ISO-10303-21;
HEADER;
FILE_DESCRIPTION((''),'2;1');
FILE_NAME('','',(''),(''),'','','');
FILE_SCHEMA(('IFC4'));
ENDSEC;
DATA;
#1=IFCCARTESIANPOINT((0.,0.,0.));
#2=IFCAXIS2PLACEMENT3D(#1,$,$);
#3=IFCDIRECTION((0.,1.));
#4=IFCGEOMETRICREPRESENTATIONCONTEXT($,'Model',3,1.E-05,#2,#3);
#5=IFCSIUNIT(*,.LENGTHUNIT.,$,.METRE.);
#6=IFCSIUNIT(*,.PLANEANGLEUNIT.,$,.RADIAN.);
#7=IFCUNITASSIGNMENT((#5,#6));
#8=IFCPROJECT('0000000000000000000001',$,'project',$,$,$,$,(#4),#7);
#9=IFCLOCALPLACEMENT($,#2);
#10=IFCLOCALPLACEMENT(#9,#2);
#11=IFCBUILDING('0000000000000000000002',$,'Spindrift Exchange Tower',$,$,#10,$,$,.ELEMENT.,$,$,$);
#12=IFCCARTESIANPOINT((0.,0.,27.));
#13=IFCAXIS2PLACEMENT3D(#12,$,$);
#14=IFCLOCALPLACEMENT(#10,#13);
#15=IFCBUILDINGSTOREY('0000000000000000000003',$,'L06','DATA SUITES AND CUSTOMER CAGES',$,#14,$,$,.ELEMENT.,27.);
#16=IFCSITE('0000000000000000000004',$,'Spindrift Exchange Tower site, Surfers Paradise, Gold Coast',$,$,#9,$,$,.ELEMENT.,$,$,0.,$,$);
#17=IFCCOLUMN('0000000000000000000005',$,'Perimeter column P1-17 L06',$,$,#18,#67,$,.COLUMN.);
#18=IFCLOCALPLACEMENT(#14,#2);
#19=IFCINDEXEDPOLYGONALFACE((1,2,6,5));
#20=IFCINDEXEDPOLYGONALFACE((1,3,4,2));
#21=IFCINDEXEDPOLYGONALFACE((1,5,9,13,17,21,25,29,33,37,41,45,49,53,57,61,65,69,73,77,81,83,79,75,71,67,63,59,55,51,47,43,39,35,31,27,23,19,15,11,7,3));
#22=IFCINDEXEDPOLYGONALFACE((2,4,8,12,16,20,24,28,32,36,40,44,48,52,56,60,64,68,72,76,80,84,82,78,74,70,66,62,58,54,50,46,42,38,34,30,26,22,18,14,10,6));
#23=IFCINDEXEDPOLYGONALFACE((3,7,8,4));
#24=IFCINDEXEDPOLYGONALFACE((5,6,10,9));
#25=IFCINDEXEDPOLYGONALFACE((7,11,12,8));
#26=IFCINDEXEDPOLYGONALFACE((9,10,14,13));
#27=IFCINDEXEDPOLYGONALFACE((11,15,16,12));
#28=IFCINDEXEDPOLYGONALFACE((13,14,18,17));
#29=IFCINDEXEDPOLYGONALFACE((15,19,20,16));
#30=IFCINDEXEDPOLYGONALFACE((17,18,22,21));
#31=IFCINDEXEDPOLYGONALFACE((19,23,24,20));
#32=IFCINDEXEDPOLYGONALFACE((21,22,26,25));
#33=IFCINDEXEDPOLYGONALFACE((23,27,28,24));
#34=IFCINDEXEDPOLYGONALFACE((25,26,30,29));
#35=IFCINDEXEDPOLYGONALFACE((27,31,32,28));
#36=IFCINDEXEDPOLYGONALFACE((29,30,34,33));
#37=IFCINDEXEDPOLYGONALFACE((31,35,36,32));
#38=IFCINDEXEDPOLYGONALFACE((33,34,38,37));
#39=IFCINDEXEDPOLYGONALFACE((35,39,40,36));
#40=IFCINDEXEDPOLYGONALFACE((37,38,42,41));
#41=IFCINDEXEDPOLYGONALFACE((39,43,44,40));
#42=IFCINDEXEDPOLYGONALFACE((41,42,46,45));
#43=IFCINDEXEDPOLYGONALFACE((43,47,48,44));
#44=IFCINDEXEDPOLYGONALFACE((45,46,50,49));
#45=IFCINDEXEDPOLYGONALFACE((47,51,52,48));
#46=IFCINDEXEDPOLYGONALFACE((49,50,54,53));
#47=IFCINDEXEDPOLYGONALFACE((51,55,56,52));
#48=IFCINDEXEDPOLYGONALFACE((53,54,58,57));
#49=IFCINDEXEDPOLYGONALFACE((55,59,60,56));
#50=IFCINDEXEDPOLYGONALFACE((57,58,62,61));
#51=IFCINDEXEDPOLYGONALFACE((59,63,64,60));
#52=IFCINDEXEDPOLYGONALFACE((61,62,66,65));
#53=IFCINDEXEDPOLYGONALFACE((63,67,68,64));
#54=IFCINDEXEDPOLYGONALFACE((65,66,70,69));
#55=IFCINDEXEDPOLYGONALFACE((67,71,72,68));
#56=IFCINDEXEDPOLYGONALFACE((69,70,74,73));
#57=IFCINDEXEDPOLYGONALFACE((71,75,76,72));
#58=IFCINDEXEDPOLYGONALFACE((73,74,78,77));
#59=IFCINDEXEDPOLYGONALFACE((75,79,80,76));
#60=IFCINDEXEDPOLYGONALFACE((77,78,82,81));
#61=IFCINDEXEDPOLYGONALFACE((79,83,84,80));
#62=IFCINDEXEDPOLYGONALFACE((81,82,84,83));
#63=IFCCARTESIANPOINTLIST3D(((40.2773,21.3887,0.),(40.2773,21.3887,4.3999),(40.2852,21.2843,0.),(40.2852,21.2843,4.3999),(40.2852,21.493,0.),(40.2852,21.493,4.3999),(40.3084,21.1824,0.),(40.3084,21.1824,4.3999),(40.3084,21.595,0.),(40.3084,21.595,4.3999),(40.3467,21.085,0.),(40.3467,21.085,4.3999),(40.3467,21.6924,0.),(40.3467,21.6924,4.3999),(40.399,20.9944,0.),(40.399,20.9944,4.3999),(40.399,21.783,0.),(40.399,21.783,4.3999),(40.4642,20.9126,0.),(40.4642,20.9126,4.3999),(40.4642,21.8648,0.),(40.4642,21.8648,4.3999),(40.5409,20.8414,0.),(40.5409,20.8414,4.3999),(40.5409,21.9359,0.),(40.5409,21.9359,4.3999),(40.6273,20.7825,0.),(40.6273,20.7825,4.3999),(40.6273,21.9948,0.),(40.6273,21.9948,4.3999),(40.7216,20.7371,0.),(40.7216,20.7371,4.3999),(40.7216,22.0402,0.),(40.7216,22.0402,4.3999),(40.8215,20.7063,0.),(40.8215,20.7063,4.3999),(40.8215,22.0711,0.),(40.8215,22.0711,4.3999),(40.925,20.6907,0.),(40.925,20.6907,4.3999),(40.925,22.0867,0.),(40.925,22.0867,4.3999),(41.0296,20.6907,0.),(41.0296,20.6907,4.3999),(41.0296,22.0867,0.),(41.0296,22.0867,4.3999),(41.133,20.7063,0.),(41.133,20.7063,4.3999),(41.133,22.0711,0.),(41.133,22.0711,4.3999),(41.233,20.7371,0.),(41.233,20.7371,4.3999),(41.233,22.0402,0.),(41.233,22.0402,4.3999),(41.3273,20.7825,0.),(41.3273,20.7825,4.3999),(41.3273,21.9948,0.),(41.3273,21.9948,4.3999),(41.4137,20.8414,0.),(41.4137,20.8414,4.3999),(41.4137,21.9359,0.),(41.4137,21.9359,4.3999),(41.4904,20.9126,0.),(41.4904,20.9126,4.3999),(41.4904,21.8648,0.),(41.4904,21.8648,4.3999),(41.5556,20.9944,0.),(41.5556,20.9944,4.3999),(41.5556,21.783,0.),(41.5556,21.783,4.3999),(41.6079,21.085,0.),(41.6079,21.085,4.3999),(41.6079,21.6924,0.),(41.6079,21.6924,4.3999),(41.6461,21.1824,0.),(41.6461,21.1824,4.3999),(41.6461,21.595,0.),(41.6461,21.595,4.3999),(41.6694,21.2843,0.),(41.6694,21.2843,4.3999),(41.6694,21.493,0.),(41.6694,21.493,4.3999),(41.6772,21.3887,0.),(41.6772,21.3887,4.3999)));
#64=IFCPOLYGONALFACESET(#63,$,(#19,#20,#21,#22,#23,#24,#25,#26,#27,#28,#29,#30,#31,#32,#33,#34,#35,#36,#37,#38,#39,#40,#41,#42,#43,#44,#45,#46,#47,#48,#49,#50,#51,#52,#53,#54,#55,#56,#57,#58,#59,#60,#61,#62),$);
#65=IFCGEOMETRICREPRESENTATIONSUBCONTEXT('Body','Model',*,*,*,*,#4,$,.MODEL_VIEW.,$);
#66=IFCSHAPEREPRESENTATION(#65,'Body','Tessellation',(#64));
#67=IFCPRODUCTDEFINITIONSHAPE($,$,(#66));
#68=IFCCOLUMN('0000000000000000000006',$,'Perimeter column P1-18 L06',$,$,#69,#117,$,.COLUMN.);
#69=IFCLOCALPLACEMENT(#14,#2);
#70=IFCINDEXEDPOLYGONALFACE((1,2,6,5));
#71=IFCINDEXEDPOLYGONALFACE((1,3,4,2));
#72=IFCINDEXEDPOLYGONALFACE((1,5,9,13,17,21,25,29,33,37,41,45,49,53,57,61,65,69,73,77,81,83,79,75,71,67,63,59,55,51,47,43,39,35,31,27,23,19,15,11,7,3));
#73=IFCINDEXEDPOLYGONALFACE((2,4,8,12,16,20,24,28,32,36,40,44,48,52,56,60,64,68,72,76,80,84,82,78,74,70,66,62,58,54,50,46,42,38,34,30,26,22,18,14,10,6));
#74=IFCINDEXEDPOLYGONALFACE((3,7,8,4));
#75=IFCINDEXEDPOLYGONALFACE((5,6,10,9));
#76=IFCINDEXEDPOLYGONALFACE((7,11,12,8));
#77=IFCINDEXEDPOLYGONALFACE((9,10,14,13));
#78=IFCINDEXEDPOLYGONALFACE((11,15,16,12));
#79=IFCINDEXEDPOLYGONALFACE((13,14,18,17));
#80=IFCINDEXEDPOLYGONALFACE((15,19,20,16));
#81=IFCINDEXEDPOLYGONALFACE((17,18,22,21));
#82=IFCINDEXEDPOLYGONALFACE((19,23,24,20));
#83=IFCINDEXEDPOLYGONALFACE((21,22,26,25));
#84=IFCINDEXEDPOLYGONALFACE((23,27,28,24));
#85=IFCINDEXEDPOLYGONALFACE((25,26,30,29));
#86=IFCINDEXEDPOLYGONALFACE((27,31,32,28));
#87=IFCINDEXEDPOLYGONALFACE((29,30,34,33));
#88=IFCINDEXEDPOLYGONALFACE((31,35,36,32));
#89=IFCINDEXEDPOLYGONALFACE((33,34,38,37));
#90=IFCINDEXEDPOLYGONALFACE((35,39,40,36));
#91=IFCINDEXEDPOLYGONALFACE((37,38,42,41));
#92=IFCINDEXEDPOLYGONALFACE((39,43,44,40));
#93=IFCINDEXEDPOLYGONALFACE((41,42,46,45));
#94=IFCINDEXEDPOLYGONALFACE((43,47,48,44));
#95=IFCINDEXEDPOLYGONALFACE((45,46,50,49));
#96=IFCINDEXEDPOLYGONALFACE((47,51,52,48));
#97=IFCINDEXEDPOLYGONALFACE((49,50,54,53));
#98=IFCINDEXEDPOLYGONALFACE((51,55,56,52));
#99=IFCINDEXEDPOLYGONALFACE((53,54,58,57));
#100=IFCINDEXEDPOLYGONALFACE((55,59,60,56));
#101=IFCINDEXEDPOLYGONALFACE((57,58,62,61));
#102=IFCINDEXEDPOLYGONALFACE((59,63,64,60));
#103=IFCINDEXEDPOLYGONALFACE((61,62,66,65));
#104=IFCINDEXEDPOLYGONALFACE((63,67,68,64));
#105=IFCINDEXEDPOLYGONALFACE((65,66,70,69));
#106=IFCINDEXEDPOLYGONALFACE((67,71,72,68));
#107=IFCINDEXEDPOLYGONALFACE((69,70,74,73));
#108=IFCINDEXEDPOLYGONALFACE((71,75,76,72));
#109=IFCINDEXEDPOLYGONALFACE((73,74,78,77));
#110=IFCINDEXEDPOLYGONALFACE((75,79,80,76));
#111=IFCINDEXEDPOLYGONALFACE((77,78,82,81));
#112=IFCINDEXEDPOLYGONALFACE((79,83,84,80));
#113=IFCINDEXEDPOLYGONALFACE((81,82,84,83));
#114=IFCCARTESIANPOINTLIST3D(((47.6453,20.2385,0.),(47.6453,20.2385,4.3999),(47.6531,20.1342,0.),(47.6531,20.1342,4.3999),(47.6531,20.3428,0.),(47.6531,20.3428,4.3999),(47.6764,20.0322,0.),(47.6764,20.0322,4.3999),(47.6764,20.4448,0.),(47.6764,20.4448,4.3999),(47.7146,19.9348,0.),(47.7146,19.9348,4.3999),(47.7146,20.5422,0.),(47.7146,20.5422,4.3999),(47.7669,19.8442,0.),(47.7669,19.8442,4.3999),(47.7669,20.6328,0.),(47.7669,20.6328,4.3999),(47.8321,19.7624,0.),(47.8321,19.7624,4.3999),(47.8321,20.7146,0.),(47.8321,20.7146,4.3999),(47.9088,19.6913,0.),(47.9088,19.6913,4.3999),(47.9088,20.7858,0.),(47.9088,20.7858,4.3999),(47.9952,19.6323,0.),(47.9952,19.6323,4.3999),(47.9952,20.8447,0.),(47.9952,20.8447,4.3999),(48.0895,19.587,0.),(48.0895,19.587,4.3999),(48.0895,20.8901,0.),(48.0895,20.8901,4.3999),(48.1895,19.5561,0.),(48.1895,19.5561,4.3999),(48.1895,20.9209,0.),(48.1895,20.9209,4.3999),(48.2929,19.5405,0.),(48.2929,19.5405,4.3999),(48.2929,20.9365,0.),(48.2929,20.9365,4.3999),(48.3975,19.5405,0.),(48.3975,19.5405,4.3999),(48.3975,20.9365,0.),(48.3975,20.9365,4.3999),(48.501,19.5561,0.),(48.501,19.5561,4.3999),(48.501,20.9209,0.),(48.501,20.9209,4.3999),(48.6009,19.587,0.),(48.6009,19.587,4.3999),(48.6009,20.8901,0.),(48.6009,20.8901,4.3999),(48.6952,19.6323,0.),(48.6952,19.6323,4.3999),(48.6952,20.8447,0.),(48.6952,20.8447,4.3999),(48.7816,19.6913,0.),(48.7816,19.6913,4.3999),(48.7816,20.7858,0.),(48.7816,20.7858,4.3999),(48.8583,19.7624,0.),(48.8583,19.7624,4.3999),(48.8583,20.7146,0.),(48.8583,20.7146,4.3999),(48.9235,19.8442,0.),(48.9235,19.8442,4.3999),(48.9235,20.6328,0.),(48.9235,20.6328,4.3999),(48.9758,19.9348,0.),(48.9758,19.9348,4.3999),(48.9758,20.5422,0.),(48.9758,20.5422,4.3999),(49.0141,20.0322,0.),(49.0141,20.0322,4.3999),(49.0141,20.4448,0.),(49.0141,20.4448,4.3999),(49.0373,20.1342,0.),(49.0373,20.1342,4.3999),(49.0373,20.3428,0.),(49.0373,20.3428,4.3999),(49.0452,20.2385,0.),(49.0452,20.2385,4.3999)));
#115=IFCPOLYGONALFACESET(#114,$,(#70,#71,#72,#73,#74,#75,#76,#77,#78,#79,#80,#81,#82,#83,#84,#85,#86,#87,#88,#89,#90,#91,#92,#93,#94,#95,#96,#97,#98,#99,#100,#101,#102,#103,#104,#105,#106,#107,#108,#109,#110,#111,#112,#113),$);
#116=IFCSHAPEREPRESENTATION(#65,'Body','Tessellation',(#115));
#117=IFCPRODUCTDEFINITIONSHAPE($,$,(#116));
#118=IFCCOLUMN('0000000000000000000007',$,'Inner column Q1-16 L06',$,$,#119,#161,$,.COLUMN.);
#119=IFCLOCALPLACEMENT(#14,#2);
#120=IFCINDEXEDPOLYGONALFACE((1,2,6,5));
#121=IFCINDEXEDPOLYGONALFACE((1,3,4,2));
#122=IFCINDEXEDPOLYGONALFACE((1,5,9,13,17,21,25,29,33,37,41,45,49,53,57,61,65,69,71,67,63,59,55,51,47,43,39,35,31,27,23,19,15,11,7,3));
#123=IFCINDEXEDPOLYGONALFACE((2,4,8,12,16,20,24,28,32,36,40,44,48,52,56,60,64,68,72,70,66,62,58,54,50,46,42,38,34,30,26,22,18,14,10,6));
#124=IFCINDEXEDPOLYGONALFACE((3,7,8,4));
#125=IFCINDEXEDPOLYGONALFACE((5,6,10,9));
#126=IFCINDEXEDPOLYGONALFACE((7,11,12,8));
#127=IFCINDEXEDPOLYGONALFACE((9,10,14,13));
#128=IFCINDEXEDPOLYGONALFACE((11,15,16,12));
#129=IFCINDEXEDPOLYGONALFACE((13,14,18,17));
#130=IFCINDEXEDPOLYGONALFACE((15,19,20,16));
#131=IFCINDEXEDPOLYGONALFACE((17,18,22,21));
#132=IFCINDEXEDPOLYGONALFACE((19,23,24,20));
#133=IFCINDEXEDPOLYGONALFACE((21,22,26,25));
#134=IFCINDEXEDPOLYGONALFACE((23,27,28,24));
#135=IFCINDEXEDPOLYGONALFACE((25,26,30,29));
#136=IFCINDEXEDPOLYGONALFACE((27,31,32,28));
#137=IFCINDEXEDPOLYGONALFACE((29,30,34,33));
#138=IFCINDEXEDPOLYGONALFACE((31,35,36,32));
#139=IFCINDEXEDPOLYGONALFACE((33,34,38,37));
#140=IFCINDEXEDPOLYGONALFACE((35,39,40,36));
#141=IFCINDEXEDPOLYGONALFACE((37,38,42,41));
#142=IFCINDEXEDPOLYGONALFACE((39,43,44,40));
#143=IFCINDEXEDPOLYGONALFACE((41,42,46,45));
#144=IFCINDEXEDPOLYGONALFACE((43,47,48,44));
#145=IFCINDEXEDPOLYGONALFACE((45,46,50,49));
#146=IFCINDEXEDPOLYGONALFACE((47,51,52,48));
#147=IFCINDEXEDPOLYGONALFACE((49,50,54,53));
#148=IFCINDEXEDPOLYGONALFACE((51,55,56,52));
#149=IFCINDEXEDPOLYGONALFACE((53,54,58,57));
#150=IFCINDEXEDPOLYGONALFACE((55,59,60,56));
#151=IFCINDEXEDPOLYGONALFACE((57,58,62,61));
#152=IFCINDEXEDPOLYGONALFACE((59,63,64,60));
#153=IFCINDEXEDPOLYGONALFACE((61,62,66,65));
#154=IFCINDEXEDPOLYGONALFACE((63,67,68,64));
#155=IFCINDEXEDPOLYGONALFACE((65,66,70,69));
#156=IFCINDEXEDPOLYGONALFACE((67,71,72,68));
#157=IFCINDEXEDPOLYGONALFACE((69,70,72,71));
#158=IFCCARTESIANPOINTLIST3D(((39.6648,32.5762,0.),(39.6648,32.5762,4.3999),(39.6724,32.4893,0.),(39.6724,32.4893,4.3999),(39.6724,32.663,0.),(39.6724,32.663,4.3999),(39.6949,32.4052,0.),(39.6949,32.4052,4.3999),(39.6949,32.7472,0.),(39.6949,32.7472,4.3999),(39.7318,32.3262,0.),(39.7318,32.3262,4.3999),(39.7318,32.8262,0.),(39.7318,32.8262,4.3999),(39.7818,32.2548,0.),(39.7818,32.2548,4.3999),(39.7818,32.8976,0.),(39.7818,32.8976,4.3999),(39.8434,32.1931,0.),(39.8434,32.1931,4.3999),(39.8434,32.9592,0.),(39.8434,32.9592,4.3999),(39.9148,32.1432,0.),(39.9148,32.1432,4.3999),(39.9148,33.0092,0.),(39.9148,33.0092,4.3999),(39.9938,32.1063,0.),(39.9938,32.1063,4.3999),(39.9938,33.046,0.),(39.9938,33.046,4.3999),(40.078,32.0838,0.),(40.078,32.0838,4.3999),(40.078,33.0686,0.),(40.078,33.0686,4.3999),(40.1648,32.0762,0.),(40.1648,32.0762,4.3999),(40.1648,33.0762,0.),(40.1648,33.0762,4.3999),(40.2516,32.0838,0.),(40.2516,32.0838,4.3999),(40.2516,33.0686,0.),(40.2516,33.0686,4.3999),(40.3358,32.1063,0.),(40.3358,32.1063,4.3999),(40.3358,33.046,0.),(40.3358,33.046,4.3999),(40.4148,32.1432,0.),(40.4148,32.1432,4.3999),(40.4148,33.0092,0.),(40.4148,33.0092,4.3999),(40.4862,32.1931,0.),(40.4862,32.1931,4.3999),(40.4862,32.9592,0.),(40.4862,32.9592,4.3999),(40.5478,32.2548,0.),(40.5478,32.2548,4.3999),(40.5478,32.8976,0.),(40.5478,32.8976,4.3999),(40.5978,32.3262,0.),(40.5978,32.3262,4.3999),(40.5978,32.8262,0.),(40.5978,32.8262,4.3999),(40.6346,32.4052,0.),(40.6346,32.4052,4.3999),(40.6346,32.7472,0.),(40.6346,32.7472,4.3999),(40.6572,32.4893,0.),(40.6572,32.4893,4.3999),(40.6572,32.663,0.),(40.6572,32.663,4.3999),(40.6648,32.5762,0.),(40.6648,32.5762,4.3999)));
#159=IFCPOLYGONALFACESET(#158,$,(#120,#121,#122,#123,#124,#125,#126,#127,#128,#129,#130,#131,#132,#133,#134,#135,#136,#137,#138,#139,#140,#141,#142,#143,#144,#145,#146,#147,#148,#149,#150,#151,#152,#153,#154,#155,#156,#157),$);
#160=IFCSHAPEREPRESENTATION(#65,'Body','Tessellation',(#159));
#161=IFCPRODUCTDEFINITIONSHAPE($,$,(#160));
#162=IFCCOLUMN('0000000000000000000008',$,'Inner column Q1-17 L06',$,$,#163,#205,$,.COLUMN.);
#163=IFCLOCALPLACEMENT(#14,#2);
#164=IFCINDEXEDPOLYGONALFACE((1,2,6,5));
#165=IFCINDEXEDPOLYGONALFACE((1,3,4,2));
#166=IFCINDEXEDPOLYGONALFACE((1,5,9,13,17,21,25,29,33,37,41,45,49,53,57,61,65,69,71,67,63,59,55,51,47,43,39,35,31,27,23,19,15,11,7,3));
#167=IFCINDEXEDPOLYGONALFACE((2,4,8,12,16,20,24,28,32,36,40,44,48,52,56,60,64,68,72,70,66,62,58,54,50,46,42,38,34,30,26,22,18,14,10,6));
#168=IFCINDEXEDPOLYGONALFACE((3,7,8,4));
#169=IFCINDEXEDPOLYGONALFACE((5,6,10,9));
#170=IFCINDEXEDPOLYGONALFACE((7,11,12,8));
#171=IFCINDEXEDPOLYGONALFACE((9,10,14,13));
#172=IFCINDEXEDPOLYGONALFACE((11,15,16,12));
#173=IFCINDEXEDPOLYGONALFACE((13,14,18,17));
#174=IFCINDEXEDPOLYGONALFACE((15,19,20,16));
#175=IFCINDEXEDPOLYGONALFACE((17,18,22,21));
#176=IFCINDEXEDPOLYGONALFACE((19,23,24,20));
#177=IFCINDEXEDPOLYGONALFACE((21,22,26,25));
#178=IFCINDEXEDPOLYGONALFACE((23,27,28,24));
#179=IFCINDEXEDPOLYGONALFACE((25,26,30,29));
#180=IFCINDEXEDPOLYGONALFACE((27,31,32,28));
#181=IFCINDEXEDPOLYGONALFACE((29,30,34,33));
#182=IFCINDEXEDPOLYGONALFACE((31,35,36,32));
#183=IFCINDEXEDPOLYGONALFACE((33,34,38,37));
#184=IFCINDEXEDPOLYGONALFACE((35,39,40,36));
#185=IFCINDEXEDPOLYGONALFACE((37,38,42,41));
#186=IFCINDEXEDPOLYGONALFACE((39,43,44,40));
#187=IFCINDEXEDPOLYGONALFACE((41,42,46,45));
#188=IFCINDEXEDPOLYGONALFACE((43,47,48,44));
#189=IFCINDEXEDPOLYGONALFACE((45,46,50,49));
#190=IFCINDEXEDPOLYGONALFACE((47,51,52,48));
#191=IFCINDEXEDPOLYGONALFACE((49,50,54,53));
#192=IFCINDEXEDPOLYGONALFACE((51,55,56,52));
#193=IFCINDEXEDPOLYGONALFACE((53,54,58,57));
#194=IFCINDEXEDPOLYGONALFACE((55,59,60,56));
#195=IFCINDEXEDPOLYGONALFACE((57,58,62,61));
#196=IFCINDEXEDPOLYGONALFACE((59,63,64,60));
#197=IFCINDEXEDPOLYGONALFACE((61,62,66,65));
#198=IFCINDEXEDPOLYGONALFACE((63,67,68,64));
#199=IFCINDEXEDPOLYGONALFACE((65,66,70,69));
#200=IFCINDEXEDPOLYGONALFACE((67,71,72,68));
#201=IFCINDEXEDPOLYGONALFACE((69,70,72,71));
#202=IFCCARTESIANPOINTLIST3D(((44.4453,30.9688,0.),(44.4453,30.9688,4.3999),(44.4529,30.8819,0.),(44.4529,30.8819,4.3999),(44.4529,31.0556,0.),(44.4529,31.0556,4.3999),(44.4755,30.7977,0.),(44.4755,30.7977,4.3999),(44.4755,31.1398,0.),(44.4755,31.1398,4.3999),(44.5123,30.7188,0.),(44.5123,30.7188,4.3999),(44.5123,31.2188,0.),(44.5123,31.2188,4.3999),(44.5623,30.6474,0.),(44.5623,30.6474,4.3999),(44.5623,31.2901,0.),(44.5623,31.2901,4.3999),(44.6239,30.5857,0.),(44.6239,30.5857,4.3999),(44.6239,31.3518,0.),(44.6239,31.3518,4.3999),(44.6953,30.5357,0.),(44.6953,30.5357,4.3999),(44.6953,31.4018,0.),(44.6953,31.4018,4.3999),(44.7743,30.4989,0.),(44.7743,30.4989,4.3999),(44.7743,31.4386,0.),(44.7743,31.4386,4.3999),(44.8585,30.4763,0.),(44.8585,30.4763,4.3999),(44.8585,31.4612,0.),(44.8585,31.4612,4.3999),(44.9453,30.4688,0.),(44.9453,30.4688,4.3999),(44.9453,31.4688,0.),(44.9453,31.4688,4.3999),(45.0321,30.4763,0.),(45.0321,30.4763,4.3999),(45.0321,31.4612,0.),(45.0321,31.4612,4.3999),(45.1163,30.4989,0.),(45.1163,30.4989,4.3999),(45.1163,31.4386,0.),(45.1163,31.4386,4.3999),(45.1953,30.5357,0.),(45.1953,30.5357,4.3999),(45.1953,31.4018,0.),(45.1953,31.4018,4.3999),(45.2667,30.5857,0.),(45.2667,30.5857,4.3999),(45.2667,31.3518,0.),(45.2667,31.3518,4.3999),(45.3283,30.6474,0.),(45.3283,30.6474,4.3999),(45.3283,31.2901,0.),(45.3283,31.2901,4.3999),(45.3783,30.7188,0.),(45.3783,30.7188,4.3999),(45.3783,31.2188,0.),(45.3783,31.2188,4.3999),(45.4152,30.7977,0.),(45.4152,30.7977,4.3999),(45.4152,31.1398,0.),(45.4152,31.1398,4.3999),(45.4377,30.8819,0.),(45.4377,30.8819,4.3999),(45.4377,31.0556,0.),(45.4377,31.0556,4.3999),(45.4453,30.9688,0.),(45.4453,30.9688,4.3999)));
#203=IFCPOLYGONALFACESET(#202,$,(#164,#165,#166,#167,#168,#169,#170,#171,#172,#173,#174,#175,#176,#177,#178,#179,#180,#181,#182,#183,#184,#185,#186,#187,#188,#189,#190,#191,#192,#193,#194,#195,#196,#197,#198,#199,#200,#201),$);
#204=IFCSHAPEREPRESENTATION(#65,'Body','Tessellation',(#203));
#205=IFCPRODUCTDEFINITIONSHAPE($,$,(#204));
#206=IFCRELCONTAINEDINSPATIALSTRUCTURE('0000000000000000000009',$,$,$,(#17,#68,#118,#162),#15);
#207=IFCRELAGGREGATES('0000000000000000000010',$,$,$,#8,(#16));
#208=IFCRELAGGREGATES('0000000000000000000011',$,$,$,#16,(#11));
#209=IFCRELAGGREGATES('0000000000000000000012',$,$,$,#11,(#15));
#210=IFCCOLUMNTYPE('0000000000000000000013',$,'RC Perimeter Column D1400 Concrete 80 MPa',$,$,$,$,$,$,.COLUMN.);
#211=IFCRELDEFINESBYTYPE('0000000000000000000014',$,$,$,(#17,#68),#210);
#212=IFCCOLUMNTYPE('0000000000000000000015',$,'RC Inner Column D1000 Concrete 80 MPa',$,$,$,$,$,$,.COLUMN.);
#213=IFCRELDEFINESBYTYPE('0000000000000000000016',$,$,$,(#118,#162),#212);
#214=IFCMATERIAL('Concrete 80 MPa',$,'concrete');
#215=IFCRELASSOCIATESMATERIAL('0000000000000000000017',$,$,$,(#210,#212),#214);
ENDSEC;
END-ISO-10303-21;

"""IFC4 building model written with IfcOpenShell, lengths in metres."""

from ifc_helpers import new_model, si_unit, direction, frame, origin, origin_2d, place, context, subcontext, project, spatial, circle, extrude, source, transform, mapped, material, material_profile, profile_set, type_object, element, save


model = new_model("IFC4")

# Units and contexts
model_context = context("Model", 3, precision=1e-05, world=origin(), true_north=direction((0.0, 1.0)))
body_context = subcontext(model_context, "Body", "Model", "MODEL_VIEW")
ifc_project = project(units=[si_unit("LENGTHUNIT", "METRE"), si_unit("PLANEANGLEUNIT", "RADIAN")], contexts=[model_context])

# Site, building, storey
site_placement = place(None, origin())
site = spatial("IfcSite", under=ifc_project, at=site_placement, Name="Spindrift Exchange Tower site, Surfers Paradise, Gold Coast", CompositionType="ELEMENT", RefElevation=0.0)
building_placement = place(site_placement, origin())
building = spatial("IfcBuilding", under=site, at=building_placement, Name="Spindrift Exchange Tower", CompositionType="ELEMENT")
storey_placement = place(building_placement, frame((0.0, 0.0, 27.0)))
storey = spatial("IfcBuildingStorey", under=building, at=storey_placement, Name="L06", Description="DATA SUITES AND CUSTOMER CAGES", CompositionType="ELEMENT", Elevation=27.0)

# Columns
ifc_material_1 = material(Name="Concrete 80 MPa", Category="concrete")
ifc_material_profile_1 = material_profile(ifc_material_1, circle(Radius=0.7, at=origin_2d()), Name="RC D1400")
ifc_profile_set_1 = profile_set([ifc_material_profile_1], Name="Concrete 80 MPa")
column_type_1 = type_object("IfcColumnType", Name="RC Perimeter Column D1400 Concrete 80 MPa", PredefinedType="COLUMN", material=ifc_profile_set_1)
shared_shape_1 = source(origin(), body_context, "Body", "SweptSolid", [
    extrude(circle(Radius=0.7, at=origin_2d()), origin(), (0.0, 0.0, 1.0), 4.3999),
])
for number, where, z_axis, x_axis, name in (
    (1, (40.9773, 21.3887, 0.0), (0.0, 0.0, 1.0), (1.0, 0.0, 0.0), "Perimeter column P1-17 L06"),
    (2, (48.3452, 20.2385, 0.0), (0.0, 0.0, 1.0), (1.0, 0.0, 0.0), "Perimeter column P1-18 L06"),
):
    element("IfcColumn", number, at=place(storey_placement, frame(where, z_axis=z_axis, x_axis=x_axis)), inside=storey, type_object=column_type_1, Name=name, PredefinedType="COLUMN", context=body_context, shape_type="MappedRepresentation", body=[
        mapped(shared_shape_1, transform((0.0, 0.0, 0.0), scale=1.0)),
    ])
ifc_material_profile_2 = material_profile(ifc_material_1, circle(Radius=0.5, at=origin_2d()), Name="RC D1000")
ifc_profile_set_2 = profile_set([ifc_material_profile_2], Name="Concrete 80 MPa")
column_type_2 = type_object("IfcColumnType", Name="RC Inner Column D1000 Concrete 80 MPa", PredefinedType="COLUMN", material=ifc_profile_set_2)
shared_shape_2 = source(origin(), body_context, "Body", "SweptSolid", [
    extrude(circle(Radius=0.5, at=origin_2d()), origin(), (0.0, 0.0, 1.0), 4.3999),
])
for number, where, z_axis, x_axis, name in (
    (3, (40.1648, 32.5762, 0.0), (0.0, 0.0, 1.0), (1.0, 0.0, 0.0), "Inner column Q1-16 L06"),
    (4, (44.9453, 30.9688, 0.0), (0.0, 0.0, 1.0), (1.0, 0.0, 0.0), "Inner column Q1-17 L06"),
):
    element("IfcColumn", number, at=place(storey_placement, frame(where, z_axis=z_axis, x_axis=x_axis)), inside=storey, type_object=column_type_2, Name=name, PredefinedType="COLUMN", context=body_context, shape_type="MappedRepresentation", body=[
        mapped(shared_shape_2, transform((0.0, 0.0, 0.0), scale=1.0)),
    ])

save(model, "model.ifc")
